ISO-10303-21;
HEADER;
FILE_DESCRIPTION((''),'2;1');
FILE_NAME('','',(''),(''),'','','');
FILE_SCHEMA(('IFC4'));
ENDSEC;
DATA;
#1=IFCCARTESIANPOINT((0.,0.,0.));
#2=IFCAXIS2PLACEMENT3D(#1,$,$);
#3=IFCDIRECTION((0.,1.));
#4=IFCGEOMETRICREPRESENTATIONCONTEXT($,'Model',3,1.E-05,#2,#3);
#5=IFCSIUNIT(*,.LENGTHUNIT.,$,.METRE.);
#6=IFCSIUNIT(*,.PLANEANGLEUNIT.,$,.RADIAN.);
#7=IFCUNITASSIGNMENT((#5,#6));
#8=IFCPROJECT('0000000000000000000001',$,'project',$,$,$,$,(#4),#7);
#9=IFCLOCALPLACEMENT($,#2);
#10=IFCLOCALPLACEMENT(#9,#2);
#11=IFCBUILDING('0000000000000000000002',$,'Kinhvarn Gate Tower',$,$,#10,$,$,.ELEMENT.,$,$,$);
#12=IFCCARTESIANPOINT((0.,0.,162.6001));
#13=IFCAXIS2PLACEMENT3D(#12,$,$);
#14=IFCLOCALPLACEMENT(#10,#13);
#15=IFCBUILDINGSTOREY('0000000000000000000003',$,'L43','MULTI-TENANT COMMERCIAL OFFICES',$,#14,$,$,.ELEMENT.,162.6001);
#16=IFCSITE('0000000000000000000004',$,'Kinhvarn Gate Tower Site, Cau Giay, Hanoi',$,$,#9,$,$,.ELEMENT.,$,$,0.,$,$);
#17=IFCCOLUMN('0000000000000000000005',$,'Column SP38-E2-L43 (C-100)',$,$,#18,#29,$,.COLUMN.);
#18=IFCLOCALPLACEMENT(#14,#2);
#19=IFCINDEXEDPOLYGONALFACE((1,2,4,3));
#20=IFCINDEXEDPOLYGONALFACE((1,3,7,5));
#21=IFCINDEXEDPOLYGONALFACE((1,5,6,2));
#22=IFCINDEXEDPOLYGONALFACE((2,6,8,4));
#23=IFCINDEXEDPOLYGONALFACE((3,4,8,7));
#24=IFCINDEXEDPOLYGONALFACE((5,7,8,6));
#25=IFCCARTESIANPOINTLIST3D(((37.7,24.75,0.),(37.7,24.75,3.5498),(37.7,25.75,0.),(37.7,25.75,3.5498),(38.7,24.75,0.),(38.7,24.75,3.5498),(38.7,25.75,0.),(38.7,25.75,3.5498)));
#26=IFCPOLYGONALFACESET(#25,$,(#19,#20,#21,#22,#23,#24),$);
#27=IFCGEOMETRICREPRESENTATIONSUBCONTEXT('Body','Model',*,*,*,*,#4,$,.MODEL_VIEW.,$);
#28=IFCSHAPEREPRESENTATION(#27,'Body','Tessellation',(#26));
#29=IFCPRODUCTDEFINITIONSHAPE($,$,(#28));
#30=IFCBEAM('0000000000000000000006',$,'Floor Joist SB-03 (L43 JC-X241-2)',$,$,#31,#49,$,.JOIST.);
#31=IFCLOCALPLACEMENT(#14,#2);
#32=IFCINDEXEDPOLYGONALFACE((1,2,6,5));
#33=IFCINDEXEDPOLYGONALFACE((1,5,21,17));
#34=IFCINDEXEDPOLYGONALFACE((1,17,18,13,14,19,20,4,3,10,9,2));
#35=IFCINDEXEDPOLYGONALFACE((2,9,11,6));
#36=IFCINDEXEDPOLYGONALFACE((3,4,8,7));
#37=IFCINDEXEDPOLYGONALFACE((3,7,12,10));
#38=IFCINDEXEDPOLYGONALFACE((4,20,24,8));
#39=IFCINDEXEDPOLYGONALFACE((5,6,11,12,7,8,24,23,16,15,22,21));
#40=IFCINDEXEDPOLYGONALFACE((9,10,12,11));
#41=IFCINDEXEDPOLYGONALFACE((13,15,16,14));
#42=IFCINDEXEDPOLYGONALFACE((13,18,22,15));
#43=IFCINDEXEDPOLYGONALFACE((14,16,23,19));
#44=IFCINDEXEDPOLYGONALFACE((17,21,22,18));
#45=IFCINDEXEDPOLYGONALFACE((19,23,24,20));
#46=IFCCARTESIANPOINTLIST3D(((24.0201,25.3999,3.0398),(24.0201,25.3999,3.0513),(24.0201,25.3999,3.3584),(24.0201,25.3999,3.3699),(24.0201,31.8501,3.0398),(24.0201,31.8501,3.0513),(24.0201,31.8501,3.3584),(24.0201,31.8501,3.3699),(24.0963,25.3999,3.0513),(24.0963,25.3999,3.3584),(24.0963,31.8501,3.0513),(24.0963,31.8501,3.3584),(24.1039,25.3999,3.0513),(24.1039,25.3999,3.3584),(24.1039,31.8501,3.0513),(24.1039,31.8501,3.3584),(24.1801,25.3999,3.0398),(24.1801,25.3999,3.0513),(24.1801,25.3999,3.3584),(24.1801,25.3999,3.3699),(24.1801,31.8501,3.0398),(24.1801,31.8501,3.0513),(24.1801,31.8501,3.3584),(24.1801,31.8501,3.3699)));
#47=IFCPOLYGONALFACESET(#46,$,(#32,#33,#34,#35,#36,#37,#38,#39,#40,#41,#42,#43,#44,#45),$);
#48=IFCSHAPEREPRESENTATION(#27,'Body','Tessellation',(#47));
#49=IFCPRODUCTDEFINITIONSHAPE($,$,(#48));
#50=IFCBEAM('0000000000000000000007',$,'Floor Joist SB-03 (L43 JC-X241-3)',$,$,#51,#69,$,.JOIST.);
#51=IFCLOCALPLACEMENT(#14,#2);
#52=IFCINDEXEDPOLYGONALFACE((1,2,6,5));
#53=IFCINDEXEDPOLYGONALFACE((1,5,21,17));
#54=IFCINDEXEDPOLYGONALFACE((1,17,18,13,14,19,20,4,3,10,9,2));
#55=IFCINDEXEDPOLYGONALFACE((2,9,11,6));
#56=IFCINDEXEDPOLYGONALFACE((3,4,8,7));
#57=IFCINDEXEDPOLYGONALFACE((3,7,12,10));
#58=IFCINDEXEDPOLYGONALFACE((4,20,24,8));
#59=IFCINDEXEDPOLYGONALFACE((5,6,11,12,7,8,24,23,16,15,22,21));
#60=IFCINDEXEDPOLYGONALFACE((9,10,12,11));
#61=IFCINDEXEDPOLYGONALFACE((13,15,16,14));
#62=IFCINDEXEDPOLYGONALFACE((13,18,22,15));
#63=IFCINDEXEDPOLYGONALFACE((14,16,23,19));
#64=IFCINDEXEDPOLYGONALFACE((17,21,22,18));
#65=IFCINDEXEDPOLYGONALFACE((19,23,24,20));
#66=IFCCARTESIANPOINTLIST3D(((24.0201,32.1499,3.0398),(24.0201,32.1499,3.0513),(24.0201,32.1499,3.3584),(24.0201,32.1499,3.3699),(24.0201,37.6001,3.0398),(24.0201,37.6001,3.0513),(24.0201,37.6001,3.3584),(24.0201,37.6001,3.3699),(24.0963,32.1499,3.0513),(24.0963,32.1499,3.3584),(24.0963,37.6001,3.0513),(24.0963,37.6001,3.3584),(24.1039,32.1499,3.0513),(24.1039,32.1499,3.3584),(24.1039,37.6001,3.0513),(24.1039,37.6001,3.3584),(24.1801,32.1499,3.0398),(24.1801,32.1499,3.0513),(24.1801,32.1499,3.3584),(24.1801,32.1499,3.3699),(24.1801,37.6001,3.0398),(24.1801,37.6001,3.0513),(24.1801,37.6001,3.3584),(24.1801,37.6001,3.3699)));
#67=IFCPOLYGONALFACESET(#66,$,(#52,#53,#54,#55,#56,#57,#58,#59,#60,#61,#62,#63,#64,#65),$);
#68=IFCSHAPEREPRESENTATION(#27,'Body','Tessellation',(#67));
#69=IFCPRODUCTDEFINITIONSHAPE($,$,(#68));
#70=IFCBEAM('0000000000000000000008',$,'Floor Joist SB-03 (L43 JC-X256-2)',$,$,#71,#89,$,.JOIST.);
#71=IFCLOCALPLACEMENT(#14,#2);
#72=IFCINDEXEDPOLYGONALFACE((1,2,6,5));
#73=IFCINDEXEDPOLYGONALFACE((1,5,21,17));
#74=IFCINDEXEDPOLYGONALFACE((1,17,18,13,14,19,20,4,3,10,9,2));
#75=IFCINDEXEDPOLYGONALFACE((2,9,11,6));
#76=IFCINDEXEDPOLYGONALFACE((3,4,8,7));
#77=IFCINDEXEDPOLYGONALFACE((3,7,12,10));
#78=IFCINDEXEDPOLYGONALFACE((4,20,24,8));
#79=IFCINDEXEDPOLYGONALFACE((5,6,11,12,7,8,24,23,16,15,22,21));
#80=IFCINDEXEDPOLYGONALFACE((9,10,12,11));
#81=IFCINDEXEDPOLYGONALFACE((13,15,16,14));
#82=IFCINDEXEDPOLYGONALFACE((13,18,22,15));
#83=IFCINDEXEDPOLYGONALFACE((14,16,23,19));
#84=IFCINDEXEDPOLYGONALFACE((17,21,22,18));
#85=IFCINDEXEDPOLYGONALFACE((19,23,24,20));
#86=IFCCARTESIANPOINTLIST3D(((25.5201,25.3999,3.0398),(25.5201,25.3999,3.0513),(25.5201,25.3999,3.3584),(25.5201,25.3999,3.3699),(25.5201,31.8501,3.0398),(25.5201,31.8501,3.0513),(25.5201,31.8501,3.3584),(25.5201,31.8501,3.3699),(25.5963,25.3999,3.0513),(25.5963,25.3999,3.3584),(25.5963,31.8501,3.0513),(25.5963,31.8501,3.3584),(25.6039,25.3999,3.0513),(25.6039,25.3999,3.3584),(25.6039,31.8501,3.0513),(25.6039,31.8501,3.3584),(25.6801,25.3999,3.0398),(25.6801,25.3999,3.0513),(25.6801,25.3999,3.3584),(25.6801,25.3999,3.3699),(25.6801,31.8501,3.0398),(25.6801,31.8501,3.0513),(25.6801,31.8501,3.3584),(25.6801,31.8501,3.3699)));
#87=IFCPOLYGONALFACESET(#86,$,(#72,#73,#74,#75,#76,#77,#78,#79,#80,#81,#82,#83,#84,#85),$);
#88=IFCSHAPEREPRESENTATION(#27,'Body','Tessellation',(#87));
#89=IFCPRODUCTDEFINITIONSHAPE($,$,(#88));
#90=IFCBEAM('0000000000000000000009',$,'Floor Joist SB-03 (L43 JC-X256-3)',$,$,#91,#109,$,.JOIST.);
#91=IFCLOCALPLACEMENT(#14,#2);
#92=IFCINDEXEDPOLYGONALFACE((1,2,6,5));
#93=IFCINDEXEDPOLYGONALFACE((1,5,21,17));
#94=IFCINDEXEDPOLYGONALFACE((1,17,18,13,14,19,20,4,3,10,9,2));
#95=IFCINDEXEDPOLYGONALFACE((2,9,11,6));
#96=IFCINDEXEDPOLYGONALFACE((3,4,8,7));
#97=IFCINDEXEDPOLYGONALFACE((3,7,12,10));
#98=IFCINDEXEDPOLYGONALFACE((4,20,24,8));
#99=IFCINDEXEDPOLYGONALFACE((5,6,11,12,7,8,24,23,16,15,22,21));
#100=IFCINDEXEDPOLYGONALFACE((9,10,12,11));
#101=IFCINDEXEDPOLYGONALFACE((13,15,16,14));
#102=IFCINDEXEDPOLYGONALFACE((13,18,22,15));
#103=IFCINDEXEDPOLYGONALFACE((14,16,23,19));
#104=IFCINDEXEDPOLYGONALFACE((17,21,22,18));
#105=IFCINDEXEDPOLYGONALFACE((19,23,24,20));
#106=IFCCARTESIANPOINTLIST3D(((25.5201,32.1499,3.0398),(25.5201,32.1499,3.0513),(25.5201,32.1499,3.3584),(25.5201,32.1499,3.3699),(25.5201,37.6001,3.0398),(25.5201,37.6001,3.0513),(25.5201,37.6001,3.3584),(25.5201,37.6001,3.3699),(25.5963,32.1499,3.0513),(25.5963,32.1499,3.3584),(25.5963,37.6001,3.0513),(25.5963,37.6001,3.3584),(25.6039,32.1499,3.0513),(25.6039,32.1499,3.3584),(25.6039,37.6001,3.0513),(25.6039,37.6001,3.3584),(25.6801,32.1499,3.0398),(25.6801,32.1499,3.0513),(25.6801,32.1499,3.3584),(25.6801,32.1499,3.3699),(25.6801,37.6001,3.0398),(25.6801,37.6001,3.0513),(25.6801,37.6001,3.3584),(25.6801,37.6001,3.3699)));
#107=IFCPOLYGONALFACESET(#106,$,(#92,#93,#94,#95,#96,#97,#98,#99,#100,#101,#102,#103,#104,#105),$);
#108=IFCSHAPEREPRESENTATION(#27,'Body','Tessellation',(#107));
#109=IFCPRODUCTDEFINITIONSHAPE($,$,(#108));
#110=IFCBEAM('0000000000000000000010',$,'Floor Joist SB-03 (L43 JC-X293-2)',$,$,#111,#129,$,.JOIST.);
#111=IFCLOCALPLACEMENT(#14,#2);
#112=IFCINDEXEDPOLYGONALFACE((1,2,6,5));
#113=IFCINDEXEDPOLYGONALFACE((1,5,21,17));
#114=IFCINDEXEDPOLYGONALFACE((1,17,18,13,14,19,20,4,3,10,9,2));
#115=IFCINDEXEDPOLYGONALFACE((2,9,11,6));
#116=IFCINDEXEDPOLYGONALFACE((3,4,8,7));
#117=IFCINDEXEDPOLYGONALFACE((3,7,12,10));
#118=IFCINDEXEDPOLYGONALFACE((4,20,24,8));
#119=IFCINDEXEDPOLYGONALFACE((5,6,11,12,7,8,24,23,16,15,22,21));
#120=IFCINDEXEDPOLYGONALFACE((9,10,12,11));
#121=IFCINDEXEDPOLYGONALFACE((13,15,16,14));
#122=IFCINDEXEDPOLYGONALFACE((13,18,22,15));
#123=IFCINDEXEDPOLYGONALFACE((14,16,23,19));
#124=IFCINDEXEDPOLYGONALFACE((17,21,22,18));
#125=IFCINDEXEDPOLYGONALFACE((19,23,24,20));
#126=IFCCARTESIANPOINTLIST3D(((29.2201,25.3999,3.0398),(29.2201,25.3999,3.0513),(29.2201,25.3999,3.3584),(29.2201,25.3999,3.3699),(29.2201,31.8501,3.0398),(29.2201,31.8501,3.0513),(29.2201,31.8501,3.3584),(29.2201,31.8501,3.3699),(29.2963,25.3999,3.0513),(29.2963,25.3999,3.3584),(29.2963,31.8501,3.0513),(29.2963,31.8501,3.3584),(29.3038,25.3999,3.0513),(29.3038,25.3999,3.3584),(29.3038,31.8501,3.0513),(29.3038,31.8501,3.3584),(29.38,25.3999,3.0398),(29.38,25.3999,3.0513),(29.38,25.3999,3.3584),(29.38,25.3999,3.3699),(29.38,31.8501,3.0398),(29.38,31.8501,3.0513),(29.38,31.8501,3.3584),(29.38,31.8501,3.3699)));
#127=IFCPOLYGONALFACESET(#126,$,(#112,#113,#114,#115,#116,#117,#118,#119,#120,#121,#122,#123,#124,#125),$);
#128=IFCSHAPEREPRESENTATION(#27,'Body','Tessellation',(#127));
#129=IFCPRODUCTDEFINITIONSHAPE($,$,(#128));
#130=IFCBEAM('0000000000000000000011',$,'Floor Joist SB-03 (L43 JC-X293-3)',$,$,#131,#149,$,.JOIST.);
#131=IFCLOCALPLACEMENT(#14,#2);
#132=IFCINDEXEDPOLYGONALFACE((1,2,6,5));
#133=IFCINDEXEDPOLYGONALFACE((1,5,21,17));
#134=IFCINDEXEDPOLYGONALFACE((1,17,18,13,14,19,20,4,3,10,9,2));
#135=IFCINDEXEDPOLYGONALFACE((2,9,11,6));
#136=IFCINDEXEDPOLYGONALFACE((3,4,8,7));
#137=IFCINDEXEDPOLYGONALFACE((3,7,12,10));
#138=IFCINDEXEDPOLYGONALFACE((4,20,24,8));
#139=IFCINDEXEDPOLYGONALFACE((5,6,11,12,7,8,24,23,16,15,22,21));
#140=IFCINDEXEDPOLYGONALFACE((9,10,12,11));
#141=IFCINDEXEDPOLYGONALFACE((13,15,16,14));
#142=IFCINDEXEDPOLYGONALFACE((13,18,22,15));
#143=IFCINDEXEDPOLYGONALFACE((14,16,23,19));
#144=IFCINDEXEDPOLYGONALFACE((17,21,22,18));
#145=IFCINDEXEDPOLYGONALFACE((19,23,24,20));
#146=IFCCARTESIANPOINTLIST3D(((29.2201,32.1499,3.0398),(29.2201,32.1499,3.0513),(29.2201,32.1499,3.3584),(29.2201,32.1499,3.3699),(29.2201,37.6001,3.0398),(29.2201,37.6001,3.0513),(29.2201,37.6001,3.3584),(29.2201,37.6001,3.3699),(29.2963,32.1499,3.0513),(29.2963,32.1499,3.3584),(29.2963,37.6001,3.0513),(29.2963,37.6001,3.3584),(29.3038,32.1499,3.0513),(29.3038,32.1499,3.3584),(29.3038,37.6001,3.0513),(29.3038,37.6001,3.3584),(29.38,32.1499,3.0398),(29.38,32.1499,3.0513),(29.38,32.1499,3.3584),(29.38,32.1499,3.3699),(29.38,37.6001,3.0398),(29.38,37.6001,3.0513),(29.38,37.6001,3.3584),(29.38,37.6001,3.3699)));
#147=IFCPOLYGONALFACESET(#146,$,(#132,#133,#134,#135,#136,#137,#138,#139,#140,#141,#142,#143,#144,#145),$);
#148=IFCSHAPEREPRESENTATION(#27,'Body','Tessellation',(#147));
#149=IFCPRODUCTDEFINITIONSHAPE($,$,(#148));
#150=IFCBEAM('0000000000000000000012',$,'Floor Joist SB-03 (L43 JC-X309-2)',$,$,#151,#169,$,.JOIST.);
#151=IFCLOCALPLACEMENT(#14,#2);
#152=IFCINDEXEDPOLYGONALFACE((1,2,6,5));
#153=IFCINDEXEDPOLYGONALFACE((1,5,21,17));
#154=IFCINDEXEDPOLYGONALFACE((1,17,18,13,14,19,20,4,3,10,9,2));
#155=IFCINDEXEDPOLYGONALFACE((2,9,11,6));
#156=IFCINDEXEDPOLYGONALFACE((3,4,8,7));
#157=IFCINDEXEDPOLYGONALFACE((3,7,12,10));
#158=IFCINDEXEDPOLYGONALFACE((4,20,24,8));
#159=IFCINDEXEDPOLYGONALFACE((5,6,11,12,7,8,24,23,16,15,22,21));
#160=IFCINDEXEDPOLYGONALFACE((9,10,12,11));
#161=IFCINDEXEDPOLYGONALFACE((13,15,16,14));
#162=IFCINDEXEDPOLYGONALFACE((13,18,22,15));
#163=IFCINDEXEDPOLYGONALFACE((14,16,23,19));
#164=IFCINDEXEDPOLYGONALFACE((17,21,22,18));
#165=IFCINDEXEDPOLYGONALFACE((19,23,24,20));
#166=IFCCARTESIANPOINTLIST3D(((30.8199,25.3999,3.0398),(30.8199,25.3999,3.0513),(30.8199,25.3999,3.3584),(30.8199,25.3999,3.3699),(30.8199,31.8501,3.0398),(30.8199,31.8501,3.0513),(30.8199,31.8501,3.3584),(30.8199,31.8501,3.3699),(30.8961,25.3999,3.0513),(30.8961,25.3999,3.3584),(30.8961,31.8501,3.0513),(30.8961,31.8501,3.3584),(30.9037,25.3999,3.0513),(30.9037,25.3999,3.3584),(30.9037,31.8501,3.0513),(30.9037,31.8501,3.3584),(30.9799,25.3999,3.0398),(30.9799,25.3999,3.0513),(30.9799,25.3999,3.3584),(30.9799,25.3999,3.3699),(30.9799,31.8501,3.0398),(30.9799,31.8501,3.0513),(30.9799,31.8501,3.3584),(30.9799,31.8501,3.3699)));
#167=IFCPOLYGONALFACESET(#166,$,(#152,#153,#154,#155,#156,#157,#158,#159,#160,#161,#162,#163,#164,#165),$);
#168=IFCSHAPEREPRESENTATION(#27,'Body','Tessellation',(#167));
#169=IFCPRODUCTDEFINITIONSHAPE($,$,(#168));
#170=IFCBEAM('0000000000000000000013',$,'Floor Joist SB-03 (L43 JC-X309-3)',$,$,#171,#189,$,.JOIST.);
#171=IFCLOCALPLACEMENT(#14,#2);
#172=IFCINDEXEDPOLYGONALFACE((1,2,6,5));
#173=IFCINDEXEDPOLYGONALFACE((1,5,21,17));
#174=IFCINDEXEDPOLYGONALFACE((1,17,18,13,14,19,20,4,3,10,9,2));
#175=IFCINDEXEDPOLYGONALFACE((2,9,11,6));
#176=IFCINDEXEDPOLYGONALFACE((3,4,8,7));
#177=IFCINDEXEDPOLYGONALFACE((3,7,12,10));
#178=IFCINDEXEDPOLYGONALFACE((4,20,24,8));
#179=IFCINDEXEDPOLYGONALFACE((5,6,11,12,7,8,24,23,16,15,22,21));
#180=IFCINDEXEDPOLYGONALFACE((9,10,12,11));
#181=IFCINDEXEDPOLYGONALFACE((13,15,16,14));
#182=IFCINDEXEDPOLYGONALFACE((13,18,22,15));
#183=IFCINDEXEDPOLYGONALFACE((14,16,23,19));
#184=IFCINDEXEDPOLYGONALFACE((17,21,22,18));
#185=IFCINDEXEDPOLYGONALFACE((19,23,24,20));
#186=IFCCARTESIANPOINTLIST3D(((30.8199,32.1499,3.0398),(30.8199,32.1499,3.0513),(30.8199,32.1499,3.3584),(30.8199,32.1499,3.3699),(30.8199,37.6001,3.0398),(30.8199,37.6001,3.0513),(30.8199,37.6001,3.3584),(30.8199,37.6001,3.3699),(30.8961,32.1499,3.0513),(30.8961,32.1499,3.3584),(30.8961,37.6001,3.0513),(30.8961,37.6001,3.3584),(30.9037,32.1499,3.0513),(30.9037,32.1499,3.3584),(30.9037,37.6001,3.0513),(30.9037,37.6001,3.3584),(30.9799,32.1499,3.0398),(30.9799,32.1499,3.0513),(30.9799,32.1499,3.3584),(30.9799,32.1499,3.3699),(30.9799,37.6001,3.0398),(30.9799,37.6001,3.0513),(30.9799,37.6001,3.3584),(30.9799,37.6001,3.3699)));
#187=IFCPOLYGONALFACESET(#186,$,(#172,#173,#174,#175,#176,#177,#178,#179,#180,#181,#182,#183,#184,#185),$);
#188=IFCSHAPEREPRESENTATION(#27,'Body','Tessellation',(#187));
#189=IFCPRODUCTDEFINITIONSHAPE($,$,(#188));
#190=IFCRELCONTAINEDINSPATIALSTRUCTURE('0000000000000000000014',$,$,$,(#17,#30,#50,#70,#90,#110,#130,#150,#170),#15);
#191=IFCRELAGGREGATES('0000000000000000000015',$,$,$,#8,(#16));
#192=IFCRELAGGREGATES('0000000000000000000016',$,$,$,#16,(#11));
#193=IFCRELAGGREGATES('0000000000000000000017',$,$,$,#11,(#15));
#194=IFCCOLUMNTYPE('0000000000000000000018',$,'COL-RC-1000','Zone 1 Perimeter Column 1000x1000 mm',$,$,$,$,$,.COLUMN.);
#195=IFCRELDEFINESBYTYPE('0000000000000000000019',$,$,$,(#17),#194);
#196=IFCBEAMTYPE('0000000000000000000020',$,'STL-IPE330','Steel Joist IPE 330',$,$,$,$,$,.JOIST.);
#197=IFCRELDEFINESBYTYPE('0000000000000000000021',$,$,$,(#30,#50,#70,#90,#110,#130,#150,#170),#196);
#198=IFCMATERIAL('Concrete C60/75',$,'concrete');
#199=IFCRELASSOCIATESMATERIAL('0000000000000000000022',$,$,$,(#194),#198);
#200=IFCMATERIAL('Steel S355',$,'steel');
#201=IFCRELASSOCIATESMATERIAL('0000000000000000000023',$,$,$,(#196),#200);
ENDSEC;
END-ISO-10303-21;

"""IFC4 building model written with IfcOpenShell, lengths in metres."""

from ifc_helpers import new_model, si_unit, direction, frame, origin, origin_2d, place, context, subcontext, project, spatial, rectangle, i_section, extrude, material, material_profile, profile_set, type_object, element, save


model = new_model("IFC4")

# Units and contexts
model_context = context("Model", 3, precision=1e-05, world=origin(), true_north=direction((0.0, 1.0)))
body_context = subcontext(model_context, "Body", "Model", "MODEL_VIEW")
ifc_project = project(units=[si_unit("LENGTHUNIT", "METRE"), si_unit("PLANEANGLEUNIT", "RADIAN")], contexts=[model_context])

# Site, building, storey
site_placement = place(None, origin())
site = spatial("IfcSite", under=ifc_project, at=site_placement, Name="Kinhvarn Gate Tower Site, Cau Giay, Hanoi", CompositionType="ELEMENT", RefElevation=0.0)
building_placement = place(site_placement, origin())
building = spatial("IfcBuilding", under=site, at=building_placement, Name="Kinhvarn Gate Tower", CompositionType="ELEMENT")
storey_placement = place(building_placement, frame((0.0, 0.0, 162.6001)))
storey = spatial("IfcBuildingStorey", under=building, at=storey_placement, Name="L43", Description="MULTI-TENANT COMMERCIAL OFFICES", CompositionType="ELEMENT", Elevation=162.6001)

# Column
ifc_material_1 = material(Name="Concrete C60/75", Category="concrete")
ifc_material_profile_1 = material_profile(ifc_material_1, rectangle(XDim=1.0, YDim=1.0, at=origin_2d()), Name="RC 1000x1000")
ifc_profile_set_1 = profile_set([ifc_material_profile_1], Name="Concrete C60/75")
column_type = type_object("IfcColumnType", Name="COL-RC-1000", Description="Zone 1 Perimeter Column 1000x1000 mm", PredefinedType="COLUMN", material=ifc_profile_set_1)
column_placement = place(storey_placement, frame((38.2, 25.25, 0.0), z_axis=(0.0, 0.0, 1.0), x_axis=(1.0, 0.0, 0.0)))
element("IfcColumn", 1, at=column_placement, inside=storey, type_object=column_type, Name="Column SP38-E2-L43 (C-100)", PredefinedType="COLUMN", context=body_context, shape_type="SweptSolid", body=[
    extrude(rectangle(XDim=1.0, YDim=1.0, at=origin_2d()), origin(), (0.0, 0.0, 1.0), 3.5498),
])

# Beams
ifc_material_2 = material(Name="Steel S355", Category="steel")
ifc_material_profile_2 = material_profile(ifc_material_2, i_section(OverallWidth=0.1599, OverallDepth=0.3301, WebThickness=0.0076, FlangeThickness=0.0115, at=origin_2d()), Name="IPE 330")
ifc_profile_set_2 = profile_set([ifc_material_profile_2], Name="Steel S355")
beam_type = type_object("IfcBeamType", Name="STL-IPE330", Description="Steel Joist IPE 330", PredefinedType="JOIST", material=ifc_profile_set_2)
beam_1_placement = place(storey_placement, frame((24.1001, 25.3999, 3.2048), z_axis=(0.0, 1.0, 0.0), x_axis=(-1.0, 0.0, 0.0)))
element("IfcBeam", 2, at=beam_1_placement, inside=storey, type_object=beam_type, Name="Floor Joist SB-03 (L43 JC-X241-2)", PredefinedType="JOIST", context=body_context, shape_type="SweptSolid", body=[
    extrude(i_section(OverallWidth=0.1599, OverallDepth=0.3301, WebThickness=0.0076, FlangeThickness=0.0115, at=origin_2d()), origin(), (0.0, 0.0, 1.0), 6.4502),
])
beam_2_placement = place(storey_placement, frame((24.1001, 32.1499, 3.2048), z_axis=(0.0, 1.0, 0.0), x_axis=(-1.0, 0.0, 0.0)))
element("IfcBeam", 3, at=beam_2_placement, inside=storey, type_object=beam_type, Name="Floor Joist SB-03 (L43 JC-X241-3)", PredefinedType="JOIST", context=body_context, shape_type="SweptSolid", body=[
    extrude(i_section(OverallWidth=0.1599, OverallDepth=0.3301, WebThickness=0.0076, FlangeThickness=0.0115, at=origin_2d()), origin(), (0.0, 0.0, 1.0), 5.4502),
])
beam_3_placement = place(storey_placement, frame((25.6001, 25.3999, 3.2048), z_axis=(0.0, 1.0, 0.0), x_axis=(-1.0, 0.0, 0.0)))
element("IfcBeam", 4, at=beam_3_placement, inside=storey, type_object=beam_type, Name="Floor Joist SB-03 (L43 JC-X256-2)", PredefinedType="JOIST", context=body_context, shape_type="SweptSolid", body=[
    extrude(i_section(OverallWidth=0.1599, OverallDepth=0.3301, WebThickness=0.0076, FlangeThickness=0.0115, at=origin_2d()), origin(), (0.0, 0.0, 1.0), 6.4502),
])
beam_4_placement = place(storey_placement, frame((25.6001, 32.1499, 3.2048), z_axis=(0.0, 1.0, 0.0), x_axis=(-1.0, 0.0, 0.0)))
element("IfcBeam", 5, at=beam_4_placement, inside=storey, type_object=beam_type, Name="Floor Joist SB-03 (L43 JC-X256-3)", PredefinedType="JOIST", context=body_context, shape_type="SweptSolid", body=[
    extrude(i_section(OverallWidth=0.1599, OverallDepth=0.3301, WebThickness=0.0076, FlangeThickness=0.0115, at=origin_2d()), origin(), (0.0, 0.0, 1.0), 5.4502),
])
beam_5_placement = place(storey_placement, frame((29.3, 25.3999, 3.2048), z_axis=(0.0, 1.0, 0.0), x_axis=(-1.0, 0.0, 0.0)))
element("IfcBeam", 6, at=beam_5_placement, inside=storey, type_object=beam_type, Name="Floor Joist SB-03 (L43 JC-X293-2)", PredefinedType="JOIST", context=body_context, shape_type="SweptSolid", body=[
    extrude(i_section(OverallWidth=0.1599, OverallDepth=0.3301, WebThickness=0.0076, FlangeThickness=0.0115, at=origin_2d()), origin(), (0.0, 0.0, 1.0), 6.4502),
])
beam_6_placement = place(storey_placement, frame((29.3, 32.1499, 3.2048), z_axis=(0.0, 1.0, 0.0), x_axis=(-1.0, 0.0, 0.0)))
element("IfcBeam", 7, at=beam_6_placement, inside=storey, type_object=beam_type, Name="Floor Joist SB-03 (L43 JC-X293-3)", PredefinedType="JOIST", context=body_context, shape_type="SweptSolid", body=[
    extrude(i_section(OverallWidth=0.1599, OverallDepth=0.3301, WebThickness=0.0076, FlangeThickness=0.0115, at=origin_2d()), origin(), (0.0, 0.0, 1.0), 5.4502),
])
beam_7_placement = place(storey_placement, frame((30.8999, 25.3999, 3.2048), z_axis=(0.0, 1.0, 0.0), x_axis=(-1.0, 0.0, 0.0)))
element("IfcBeam", 8, at=beam_7_placement, inside=storey, type_object=beam_type, Name="Floor Joist SB-03 (L43 JC-X309-2)", PredefinedType="JOIST", context=body_context, shape_type="SweptSolid", body=[
    extrude(i_section(OverallWidth=0.1599, OverallDepth=0.3301, WebThickness=0.0076, FlangeThickness=0.0115, at=origin_2d()), origin(), (0.0, 0.0, 1.0), 6.4502),
])
beam_8_placement = place(storey_placement, frame((30.8999, 32.1499, 3.2048), z_axis=(0.0, 1.0, 0.0), x_axis=(-1.0, 0.0, 0.0)))
element("IfcBeam", 9, at=beam_8_placement, inside=storey, type_object=beam_type, Name="Floor Joist SB-03 (L43 JC-X309-3)", PredefinedType="JOIST", context=body_context, shape_type="SweptSolid", body=[
    extrude(i_section(OverallWidth=0.1599, OverallDepth=0.3301, WebThickness=0.0076, FlangeThickness=0.0115, at=origin_2d()), origin(), (0.0, 0.0, 1.0), 5.4502),
])

save(model, "model.ifc")
